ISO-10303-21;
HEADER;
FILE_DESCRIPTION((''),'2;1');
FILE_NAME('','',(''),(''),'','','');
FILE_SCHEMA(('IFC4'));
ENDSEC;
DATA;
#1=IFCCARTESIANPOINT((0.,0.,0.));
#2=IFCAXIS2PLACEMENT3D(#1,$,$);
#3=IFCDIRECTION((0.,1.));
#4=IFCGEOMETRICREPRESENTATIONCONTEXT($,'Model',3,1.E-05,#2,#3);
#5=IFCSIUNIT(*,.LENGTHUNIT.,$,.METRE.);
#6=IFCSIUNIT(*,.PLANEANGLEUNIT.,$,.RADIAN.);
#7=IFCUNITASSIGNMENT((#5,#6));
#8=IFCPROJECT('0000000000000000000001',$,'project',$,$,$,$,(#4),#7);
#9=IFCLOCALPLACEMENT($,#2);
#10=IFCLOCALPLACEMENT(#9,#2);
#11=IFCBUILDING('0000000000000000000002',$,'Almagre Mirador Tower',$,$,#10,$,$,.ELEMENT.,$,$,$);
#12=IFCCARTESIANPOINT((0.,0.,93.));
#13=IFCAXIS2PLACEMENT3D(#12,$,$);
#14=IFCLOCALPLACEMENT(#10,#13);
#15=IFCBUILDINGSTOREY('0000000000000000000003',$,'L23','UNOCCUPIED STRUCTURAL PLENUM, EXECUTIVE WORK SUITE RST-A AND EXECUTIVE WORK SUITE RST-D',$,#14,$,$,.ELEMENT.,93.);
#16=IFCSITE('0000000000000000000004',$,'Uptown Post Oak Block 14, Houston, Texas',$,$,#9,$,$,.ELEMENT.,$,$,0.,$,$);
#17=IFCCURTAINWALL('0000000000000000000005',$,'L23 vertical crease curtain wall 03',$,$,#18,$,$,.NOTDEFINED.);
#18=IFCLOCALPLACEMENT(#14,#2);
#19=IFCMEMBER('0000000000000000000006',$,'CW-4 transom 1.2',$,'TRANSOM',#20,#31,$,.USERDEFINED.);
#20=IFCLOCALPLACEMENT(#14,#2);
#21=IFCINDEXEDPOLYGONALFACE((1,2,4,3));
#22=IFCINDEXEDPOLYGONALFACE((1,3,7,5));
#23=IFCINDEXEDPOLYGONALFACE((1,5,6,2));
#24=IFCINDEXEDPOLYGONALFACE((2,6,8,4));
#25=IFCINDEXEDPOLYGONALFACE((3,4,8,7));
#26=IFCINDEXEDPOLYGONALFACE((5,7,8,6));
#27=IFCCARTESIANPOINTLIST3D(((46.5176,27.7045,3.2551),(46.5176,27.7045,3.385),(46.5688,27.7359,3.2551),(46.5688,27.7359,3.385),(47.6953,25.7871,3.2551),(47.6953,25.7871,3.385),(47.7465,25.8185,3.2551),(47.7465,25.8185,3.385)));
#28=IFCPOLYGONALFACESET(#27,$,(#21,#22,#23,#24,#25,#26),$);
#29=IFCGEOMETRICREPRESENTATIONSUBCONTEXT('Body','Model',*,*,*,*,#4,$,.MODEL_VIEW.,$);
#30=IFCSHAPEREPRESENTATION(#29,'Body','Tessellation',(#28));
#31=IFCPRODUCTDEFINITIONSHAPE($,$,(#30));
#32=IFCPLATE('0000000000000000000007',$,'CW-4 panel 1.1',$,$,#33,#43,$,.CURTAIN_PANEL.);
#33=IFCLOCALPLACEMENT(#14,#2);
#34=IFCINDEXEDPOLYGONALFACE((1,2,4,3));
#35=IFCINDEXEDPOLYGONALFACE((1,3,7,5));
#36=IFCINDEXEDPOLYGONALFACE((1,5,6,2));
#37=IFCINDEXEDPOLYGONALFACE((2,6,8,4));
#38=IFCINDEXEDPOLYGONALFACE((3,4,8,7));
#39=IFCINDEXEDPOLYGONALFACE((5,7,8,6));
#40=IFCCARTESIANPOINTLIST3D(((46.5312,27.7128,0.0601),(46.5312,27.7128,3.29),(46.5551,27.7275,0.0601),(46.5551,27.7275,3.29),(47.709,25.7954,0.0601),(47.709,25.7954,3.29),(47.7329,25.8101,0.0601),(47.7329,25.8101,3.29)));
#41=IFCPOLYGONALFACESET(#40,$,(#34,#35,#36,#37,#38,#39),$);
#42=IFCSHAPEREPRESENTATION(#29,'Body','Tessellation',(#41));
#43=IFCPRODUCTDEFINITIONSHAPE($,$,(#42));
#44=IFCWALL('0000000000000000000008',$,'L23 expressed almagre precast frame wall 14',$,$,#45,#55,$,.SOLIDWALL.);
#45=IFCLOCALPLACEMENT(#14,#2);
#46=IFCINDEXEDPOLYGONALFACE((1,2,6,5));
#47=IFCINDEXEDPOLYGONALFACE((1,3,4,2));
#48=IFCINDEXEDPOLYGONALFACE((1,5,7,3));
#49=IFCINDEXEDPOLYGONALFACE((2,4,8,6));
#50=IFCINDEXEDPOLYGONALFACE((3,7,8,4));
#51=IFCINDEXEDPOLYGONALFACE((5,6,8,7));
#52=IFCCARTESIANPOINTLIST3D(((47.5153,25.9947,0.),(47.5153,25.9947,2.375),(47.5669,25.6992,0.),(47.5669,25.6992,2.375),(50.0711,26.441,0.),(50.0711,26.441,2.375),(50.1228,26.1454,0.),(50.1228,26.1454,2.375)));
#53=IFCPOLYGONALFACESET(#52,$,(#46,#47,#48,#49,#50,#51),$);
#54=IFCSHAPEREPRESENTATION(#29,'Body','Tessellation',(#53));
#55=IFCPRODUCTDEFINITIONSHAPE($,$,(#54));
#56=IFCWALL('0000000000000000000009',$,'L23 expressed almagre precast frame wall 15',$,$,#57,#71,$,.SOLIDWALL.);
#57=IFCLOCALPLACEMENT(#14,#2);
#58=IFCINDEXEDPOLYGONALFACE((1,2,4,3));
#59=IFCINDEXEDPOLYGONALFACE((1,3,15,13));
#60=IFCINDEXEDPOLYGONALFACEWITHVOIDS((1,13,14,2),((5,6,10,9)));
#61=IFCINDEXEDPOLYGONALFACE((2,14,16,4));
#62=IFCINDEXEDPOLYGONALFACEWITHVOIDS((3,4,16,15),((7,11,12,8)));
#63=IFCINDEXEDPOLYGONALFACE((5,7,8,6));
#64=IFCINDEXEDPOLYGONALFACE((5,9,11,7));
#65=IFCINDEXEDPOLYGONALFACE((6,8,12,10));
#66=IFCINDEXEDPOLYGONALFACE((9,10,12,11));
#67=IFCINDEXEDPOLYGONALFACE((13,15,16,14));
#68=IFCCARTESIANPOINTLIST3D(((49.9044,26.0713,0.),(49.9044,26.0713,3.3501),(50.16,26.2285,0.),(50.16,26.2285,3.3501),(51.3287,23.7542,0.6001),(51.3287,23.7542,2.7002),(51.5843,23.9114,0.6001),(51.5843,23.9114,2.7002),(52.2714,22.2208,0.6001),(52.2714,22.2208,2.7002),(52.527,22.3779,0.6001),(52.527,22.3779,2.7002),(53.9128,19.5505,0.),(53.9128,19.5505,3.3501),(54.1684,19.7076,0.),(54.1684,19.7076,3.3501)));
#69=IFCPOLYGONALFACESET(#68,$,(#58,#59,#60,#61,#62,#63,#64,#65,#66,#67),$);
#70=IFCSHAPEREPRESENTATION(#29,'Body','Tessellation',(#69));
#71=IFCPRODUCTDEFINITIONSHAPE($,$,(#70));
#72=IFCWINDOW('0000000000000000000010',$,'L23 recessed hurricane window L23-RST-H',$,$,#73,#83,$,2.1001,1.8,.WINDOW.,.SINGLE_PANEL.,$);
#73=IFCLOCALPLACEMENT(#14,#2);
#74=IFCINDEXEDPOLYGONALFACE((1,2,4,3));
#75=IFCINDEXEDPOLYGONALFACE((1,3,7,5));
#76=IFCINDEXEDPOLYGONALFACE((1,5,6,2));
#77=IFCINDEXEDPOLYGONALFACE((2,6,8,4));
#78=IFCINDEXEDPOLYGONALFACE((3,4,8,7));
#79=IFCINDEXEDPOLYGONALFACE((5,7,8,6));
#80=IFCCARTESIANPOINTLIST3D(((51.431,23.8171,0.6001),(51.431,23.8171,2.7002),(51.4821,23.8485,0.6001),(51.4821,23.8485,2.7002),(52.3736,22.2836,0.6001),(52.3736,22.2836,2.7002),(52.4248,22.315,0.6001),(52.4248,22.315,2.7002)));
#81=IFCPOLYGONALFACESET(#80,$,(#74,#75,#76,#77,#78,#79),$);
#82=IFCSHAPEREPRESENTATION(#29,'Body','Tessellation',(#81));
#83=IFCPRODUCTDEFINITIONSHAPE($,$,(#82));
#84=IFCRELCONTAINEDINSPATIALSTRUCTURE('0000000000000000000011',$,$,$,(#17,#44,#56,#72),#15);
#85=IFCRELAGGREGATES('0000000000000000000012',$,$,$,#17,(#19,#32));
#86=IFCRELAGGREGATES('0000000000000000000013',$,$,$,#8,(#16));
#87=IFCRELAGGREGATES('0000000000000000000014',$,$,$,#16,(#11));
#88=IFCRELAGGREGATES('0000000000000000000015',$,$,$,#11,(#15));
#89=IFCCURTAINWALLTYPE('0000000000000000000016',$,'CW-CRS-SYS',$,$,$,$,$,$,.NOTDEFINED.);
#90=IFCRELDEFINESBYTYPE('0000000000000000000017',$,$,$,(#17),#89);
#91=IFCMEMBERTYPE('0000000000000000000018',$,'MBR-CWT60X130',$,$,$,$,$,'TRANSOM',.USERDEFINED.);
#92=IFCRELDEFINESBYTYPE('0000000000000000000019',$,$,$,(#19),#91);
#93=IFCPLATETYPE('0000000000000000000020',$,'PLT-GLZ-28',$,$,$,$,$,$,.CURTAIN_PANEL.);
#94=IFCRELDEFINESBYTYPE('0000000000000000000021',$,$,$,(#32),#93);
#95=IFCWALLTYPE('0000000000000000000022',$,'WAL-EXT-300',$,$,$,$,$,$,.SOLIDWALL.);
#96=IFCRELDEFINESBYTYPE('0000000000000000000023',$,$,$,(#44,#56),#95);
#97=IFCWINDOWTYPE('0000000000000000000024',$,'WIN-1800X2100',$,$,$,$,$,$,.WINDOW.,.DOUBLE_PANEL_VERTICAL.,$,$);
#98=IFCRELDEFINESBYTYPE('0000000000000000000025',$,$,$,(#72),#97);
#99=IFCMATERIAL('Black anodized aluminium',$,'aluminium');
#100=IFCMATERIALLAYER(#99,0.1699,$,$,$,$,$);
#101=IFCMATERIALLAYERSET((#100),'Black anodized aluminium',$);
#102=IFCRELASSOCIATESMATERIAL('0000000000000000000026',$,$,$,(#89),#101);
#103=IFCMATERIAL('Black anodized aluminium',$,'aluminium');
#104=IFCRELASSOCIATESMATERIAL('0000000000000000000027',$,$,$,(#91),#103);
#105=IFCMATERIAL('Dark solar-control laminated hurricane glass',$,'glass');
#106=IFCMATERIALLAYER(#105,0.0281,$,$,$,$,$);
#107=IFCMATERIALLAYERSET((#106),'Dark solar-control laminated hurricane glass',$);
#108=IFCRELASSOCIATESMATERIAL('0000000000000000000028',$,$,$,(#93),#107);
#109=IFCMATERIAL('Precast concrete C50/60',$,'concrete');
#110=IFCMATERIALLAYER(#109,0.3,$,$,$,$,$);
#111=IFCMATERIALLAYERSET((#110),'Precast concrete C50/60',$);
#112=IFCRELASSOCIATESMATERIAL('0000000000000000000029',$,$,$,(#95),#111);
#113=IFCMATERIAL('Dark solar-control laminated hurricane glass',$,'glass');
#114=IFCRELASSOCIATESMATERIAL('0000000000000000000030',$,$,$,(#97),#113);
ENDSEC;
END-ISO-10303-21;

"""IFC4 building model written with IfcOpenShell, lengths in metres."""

from ifc_helpers import new_model, si_unit, direction, frame, frame_2d, origin, origin_2d, place, context, subcontext, project, spatial, rectangle, extrude, material, layer, layer_set, material_profile, profile_set, type_object, element, fill, aggregate, save


model = new_model("IFC4")

# Units and contexts
model_context = context("Model", 3, precision=1e-05, world=origin(), true_north=direction((0.0, 1.0)))
body_context = subcontext(model_context, "Body", "Model", "MODEL_VIEW")
ifc_project = project(units=[si_unit("LENGTHUNIT", "METRE"), si_unit("PLANEANGLEUNIT", "RADIAN")], contexts=[model_context])

# Site, building, storey
site_placement = place(None, origin())
site = spatial("IfcSite", under=ifc_project, at=site_placement, Name="Uptown Post Oak Block 14, Houston, Texas", CompositionType="ELEMENT", RefElevation=0.0)
building_placement = place(site_placement, origin())
building = spatial("IfcBuilding", under=site, at=building_placement, Name="Almagre Mirador Tower", CompositionType="ELEMENT")
storey_placement = place(building_placement, frame((0.0, 0.0, 93.0)))
storey = spatial("IfcBuildingStorey", under=building, at=storey_placement, Name="L23", Description="UNOCCUPIED STRUCTURAL PLENUM, EXECUTIVE WORK SUITE RST-A AND EXECUTIVE WORK SUITE RST-D", CompositionType="ELEMENT", Elevation=93.0)

# Curtain wall, member, plate
ifc_material_1 = material(Name="Black anodized aluminium", Category="aluminium")
ifc_layer_1 = layer(ifc_material_1, 0.1699)
ifc_layer_set_1 = layer_set([ifc_layer_1], Name="Black anodized aluminium")
curtain_wall_type = type_object("IfcCurtainWallType", Name="CW-CRS-SYS", PredefinedType="NOTDEFINED", material=ifc_layer_set_1)
curtain_wall_placement = place(storey_placement, origin())
curtain_wall = element("IfcCurtainWall", 1, at=curtain_wall_placement, inside=storey, type_object=curtain_wall_type, Name="L23 vertical crease curtain wall 03", PredefinedType="NOTDEFINED")
ifc_material_2 = material(Name="Black anodized aluminium", Category="aluminium")
ifc_material_profile_1 = material_profile(ifc_material_2, rectangle(XDim=0.0601, YDim=0.1299, at=origin_2d()), Name="CWT60X130")
ifc_profile_set_1 = profile_set([ifc_material_profile_1], Name="Black anodized aluminium")
member_type_1 = type_object("IfcMemberType", Name="MBR-CWT60X130", ElementType="TRANSOM", PredefinedType="USERDEFINED", material=ifc_profile_set_1)
member_1_placement = place(storey_placement, frame((46.5432, 27.7202, 3.3201), z_axis=(0.523371, -0.852105, 0.0), x_axis=(0.852105, 0.523371, 0.0)))
member_1 = element("IfcMember", 2, at=member_1_placement, type_object=member_type_1, Name="CW-4 transom 1.2", ObjectType="TRANSOM", PredefinedType="USERDEFINED", context=body_context, shape_type="SweptSolid", body=[
    extrude(rectangle(XDim=0.0601, YDim=0.1299, at=origin_2d()), origin(), (0.0, 0.0, 1.0), 2.2502),
])
ifc_material_3 = material(Name="Dark solar-control laminated hurricane glass", Category="glass")
ifc_layer_2 = layer(ifc_material_3, 0.0281)
ifc_layer_set_2 = layer_set([ifc_layer_2], Name="Dark solar-control laminated hurricane glass")
plate_type = type_object("IfcPlateType", Name="PLT-GLZ-28", PredefinedType="CURTAIN_PANEL", material=ifc_layer_set_2)
plate_placement = place(storey_placement, frame((47.1321, 26.7615, 0.0601), z_axis=(0.0, 0.0, 1.0), x_axis=(0.523415, -0.852078, 0.0)))
plate = element("IfcPlate", 3, at=plate_placement, type_object=plate_type, Name="CW-4 panel 1.1", PredefinedType="CURTAIN_PANEL", context=body_context, shape_type="SweptSolid", body=[
    extrude(rectangle(XDim=2.2502, YDim=0.0281, at=origin_2d()), origin(), (0.0, 0.0, 1.0), 3.23),
])
aggregate(curtain_wall, [member_1, plate])

# Wall
ifc_material_4 = material(Name="Precast concrete C50/60", Category="concrete")
ifc_layer_3 = layer(ifc_material_4, 0.3)
ifc_layer_set_3 = layer_set([ifc_layer_3], Name="Precast concrete C50/60")
wall_type = type_object("IfcWallType", Name="WAL-EXT-300", PredefinedType="SOLIDWALL", material=ifc_layer_set_3)
wall_1_placement = place(storey_placement, frame((47.541, 25.8469, 0.0), z_axis=(0.0, 0.0, 1.0), x_axis=(0.985096, 0.172008, 0.0)))
element("IfcWall", 4, at=wall_1_placement, inside=storey, type_object=wall_type, Name="L23 expressed almagre precast frame wall 14", PredefinedType="SOLIDWALL", context=body_context, shape_type="SweptSolid", body=[
    extrude(rectangle(XDim=2.5945, YDim=0.3, at=frame_2d((1.2974, 0.0))), origin(), (0.0, 0.0, 1.0), 2.375),
])

# Wall, opening, window
wall_2_placement = place(storey_placement, frame((50.0322, 26.1499, 0.0), z_axis=(0.0, 0.0, 1.0), x_axis=(0.523674, -0.851919, 0.0)))
wall_2 = element("IfcWall", 5, at=wall_2_placement, inside=storey, type_object=wall_type, Name="L23 expressed almagre precast frame wall 15", PredefinedType="SOLIDWALL", context=body_context, shape_type="SweptSolid", body=[
    extrude(rectangle(XDim=7.6543, YDim=0.3, at=frame_2d((3.8271, 0.0))), origin(), (0.0, 0.0, 1.0), 3.3501),
])
opening_placement = place(wall_2_placement, frame((2.72, 0.0, 0.6001)))
opening = element("IfcOpeningElement", 6, at=opening_placement, cuts=wall_2, PredefinedType="OPENING", context=body_context, shape_type="SweptSolid", body=[
    extrude(rectangle(XDim=1.8, YDim=2.1001, at=frame_2d((0.8999, 1.05))), frame((0.0, 0.1599, 0.0), z_axis=(0.0, -1.0, 0.0), x_axis=(1.0, 0.0, 0.0)), (0.0, 0.0, 1.0), 0.32),
])
ifc_material_5 = material(Name="Dark solar-control laminated hurricane glass", Category="glass")
window_type = type_object("IfcWindowType", Name="WIN-1800X2100", PartitioningType="DOUBLE_PANEL_VERTICAL", PredefinedType="WINDOW", material=ifc_material_5)
window_placement = place(opening_placement, origin())
window = element("IfcWindow", 7, at=window_placement, inside=storey, type_object=window_type, Name="L23 recessed hurricane window L23-RST-H", OverallHeight=2.1001, OverallWidth=1.8, PartitioningType="SINGLE_PANEL", PredefinedType="WINDOW", context=body_context, shape_type="SweptSolid", body=[
    extrude(rectangle(XDim=1.8, YDim=2.1001, at=frame_2d((0.8999, 1.05))), frame((0.0, 0.03, 0.0), z_axis=(0.0, -1.0, 0.0), x_axis=(1.0, 0.0, 0.0)), (0.0, 0.0, 1.0), 0.0601),
])
fill(opening, window)

save(model, "model.ifc")
